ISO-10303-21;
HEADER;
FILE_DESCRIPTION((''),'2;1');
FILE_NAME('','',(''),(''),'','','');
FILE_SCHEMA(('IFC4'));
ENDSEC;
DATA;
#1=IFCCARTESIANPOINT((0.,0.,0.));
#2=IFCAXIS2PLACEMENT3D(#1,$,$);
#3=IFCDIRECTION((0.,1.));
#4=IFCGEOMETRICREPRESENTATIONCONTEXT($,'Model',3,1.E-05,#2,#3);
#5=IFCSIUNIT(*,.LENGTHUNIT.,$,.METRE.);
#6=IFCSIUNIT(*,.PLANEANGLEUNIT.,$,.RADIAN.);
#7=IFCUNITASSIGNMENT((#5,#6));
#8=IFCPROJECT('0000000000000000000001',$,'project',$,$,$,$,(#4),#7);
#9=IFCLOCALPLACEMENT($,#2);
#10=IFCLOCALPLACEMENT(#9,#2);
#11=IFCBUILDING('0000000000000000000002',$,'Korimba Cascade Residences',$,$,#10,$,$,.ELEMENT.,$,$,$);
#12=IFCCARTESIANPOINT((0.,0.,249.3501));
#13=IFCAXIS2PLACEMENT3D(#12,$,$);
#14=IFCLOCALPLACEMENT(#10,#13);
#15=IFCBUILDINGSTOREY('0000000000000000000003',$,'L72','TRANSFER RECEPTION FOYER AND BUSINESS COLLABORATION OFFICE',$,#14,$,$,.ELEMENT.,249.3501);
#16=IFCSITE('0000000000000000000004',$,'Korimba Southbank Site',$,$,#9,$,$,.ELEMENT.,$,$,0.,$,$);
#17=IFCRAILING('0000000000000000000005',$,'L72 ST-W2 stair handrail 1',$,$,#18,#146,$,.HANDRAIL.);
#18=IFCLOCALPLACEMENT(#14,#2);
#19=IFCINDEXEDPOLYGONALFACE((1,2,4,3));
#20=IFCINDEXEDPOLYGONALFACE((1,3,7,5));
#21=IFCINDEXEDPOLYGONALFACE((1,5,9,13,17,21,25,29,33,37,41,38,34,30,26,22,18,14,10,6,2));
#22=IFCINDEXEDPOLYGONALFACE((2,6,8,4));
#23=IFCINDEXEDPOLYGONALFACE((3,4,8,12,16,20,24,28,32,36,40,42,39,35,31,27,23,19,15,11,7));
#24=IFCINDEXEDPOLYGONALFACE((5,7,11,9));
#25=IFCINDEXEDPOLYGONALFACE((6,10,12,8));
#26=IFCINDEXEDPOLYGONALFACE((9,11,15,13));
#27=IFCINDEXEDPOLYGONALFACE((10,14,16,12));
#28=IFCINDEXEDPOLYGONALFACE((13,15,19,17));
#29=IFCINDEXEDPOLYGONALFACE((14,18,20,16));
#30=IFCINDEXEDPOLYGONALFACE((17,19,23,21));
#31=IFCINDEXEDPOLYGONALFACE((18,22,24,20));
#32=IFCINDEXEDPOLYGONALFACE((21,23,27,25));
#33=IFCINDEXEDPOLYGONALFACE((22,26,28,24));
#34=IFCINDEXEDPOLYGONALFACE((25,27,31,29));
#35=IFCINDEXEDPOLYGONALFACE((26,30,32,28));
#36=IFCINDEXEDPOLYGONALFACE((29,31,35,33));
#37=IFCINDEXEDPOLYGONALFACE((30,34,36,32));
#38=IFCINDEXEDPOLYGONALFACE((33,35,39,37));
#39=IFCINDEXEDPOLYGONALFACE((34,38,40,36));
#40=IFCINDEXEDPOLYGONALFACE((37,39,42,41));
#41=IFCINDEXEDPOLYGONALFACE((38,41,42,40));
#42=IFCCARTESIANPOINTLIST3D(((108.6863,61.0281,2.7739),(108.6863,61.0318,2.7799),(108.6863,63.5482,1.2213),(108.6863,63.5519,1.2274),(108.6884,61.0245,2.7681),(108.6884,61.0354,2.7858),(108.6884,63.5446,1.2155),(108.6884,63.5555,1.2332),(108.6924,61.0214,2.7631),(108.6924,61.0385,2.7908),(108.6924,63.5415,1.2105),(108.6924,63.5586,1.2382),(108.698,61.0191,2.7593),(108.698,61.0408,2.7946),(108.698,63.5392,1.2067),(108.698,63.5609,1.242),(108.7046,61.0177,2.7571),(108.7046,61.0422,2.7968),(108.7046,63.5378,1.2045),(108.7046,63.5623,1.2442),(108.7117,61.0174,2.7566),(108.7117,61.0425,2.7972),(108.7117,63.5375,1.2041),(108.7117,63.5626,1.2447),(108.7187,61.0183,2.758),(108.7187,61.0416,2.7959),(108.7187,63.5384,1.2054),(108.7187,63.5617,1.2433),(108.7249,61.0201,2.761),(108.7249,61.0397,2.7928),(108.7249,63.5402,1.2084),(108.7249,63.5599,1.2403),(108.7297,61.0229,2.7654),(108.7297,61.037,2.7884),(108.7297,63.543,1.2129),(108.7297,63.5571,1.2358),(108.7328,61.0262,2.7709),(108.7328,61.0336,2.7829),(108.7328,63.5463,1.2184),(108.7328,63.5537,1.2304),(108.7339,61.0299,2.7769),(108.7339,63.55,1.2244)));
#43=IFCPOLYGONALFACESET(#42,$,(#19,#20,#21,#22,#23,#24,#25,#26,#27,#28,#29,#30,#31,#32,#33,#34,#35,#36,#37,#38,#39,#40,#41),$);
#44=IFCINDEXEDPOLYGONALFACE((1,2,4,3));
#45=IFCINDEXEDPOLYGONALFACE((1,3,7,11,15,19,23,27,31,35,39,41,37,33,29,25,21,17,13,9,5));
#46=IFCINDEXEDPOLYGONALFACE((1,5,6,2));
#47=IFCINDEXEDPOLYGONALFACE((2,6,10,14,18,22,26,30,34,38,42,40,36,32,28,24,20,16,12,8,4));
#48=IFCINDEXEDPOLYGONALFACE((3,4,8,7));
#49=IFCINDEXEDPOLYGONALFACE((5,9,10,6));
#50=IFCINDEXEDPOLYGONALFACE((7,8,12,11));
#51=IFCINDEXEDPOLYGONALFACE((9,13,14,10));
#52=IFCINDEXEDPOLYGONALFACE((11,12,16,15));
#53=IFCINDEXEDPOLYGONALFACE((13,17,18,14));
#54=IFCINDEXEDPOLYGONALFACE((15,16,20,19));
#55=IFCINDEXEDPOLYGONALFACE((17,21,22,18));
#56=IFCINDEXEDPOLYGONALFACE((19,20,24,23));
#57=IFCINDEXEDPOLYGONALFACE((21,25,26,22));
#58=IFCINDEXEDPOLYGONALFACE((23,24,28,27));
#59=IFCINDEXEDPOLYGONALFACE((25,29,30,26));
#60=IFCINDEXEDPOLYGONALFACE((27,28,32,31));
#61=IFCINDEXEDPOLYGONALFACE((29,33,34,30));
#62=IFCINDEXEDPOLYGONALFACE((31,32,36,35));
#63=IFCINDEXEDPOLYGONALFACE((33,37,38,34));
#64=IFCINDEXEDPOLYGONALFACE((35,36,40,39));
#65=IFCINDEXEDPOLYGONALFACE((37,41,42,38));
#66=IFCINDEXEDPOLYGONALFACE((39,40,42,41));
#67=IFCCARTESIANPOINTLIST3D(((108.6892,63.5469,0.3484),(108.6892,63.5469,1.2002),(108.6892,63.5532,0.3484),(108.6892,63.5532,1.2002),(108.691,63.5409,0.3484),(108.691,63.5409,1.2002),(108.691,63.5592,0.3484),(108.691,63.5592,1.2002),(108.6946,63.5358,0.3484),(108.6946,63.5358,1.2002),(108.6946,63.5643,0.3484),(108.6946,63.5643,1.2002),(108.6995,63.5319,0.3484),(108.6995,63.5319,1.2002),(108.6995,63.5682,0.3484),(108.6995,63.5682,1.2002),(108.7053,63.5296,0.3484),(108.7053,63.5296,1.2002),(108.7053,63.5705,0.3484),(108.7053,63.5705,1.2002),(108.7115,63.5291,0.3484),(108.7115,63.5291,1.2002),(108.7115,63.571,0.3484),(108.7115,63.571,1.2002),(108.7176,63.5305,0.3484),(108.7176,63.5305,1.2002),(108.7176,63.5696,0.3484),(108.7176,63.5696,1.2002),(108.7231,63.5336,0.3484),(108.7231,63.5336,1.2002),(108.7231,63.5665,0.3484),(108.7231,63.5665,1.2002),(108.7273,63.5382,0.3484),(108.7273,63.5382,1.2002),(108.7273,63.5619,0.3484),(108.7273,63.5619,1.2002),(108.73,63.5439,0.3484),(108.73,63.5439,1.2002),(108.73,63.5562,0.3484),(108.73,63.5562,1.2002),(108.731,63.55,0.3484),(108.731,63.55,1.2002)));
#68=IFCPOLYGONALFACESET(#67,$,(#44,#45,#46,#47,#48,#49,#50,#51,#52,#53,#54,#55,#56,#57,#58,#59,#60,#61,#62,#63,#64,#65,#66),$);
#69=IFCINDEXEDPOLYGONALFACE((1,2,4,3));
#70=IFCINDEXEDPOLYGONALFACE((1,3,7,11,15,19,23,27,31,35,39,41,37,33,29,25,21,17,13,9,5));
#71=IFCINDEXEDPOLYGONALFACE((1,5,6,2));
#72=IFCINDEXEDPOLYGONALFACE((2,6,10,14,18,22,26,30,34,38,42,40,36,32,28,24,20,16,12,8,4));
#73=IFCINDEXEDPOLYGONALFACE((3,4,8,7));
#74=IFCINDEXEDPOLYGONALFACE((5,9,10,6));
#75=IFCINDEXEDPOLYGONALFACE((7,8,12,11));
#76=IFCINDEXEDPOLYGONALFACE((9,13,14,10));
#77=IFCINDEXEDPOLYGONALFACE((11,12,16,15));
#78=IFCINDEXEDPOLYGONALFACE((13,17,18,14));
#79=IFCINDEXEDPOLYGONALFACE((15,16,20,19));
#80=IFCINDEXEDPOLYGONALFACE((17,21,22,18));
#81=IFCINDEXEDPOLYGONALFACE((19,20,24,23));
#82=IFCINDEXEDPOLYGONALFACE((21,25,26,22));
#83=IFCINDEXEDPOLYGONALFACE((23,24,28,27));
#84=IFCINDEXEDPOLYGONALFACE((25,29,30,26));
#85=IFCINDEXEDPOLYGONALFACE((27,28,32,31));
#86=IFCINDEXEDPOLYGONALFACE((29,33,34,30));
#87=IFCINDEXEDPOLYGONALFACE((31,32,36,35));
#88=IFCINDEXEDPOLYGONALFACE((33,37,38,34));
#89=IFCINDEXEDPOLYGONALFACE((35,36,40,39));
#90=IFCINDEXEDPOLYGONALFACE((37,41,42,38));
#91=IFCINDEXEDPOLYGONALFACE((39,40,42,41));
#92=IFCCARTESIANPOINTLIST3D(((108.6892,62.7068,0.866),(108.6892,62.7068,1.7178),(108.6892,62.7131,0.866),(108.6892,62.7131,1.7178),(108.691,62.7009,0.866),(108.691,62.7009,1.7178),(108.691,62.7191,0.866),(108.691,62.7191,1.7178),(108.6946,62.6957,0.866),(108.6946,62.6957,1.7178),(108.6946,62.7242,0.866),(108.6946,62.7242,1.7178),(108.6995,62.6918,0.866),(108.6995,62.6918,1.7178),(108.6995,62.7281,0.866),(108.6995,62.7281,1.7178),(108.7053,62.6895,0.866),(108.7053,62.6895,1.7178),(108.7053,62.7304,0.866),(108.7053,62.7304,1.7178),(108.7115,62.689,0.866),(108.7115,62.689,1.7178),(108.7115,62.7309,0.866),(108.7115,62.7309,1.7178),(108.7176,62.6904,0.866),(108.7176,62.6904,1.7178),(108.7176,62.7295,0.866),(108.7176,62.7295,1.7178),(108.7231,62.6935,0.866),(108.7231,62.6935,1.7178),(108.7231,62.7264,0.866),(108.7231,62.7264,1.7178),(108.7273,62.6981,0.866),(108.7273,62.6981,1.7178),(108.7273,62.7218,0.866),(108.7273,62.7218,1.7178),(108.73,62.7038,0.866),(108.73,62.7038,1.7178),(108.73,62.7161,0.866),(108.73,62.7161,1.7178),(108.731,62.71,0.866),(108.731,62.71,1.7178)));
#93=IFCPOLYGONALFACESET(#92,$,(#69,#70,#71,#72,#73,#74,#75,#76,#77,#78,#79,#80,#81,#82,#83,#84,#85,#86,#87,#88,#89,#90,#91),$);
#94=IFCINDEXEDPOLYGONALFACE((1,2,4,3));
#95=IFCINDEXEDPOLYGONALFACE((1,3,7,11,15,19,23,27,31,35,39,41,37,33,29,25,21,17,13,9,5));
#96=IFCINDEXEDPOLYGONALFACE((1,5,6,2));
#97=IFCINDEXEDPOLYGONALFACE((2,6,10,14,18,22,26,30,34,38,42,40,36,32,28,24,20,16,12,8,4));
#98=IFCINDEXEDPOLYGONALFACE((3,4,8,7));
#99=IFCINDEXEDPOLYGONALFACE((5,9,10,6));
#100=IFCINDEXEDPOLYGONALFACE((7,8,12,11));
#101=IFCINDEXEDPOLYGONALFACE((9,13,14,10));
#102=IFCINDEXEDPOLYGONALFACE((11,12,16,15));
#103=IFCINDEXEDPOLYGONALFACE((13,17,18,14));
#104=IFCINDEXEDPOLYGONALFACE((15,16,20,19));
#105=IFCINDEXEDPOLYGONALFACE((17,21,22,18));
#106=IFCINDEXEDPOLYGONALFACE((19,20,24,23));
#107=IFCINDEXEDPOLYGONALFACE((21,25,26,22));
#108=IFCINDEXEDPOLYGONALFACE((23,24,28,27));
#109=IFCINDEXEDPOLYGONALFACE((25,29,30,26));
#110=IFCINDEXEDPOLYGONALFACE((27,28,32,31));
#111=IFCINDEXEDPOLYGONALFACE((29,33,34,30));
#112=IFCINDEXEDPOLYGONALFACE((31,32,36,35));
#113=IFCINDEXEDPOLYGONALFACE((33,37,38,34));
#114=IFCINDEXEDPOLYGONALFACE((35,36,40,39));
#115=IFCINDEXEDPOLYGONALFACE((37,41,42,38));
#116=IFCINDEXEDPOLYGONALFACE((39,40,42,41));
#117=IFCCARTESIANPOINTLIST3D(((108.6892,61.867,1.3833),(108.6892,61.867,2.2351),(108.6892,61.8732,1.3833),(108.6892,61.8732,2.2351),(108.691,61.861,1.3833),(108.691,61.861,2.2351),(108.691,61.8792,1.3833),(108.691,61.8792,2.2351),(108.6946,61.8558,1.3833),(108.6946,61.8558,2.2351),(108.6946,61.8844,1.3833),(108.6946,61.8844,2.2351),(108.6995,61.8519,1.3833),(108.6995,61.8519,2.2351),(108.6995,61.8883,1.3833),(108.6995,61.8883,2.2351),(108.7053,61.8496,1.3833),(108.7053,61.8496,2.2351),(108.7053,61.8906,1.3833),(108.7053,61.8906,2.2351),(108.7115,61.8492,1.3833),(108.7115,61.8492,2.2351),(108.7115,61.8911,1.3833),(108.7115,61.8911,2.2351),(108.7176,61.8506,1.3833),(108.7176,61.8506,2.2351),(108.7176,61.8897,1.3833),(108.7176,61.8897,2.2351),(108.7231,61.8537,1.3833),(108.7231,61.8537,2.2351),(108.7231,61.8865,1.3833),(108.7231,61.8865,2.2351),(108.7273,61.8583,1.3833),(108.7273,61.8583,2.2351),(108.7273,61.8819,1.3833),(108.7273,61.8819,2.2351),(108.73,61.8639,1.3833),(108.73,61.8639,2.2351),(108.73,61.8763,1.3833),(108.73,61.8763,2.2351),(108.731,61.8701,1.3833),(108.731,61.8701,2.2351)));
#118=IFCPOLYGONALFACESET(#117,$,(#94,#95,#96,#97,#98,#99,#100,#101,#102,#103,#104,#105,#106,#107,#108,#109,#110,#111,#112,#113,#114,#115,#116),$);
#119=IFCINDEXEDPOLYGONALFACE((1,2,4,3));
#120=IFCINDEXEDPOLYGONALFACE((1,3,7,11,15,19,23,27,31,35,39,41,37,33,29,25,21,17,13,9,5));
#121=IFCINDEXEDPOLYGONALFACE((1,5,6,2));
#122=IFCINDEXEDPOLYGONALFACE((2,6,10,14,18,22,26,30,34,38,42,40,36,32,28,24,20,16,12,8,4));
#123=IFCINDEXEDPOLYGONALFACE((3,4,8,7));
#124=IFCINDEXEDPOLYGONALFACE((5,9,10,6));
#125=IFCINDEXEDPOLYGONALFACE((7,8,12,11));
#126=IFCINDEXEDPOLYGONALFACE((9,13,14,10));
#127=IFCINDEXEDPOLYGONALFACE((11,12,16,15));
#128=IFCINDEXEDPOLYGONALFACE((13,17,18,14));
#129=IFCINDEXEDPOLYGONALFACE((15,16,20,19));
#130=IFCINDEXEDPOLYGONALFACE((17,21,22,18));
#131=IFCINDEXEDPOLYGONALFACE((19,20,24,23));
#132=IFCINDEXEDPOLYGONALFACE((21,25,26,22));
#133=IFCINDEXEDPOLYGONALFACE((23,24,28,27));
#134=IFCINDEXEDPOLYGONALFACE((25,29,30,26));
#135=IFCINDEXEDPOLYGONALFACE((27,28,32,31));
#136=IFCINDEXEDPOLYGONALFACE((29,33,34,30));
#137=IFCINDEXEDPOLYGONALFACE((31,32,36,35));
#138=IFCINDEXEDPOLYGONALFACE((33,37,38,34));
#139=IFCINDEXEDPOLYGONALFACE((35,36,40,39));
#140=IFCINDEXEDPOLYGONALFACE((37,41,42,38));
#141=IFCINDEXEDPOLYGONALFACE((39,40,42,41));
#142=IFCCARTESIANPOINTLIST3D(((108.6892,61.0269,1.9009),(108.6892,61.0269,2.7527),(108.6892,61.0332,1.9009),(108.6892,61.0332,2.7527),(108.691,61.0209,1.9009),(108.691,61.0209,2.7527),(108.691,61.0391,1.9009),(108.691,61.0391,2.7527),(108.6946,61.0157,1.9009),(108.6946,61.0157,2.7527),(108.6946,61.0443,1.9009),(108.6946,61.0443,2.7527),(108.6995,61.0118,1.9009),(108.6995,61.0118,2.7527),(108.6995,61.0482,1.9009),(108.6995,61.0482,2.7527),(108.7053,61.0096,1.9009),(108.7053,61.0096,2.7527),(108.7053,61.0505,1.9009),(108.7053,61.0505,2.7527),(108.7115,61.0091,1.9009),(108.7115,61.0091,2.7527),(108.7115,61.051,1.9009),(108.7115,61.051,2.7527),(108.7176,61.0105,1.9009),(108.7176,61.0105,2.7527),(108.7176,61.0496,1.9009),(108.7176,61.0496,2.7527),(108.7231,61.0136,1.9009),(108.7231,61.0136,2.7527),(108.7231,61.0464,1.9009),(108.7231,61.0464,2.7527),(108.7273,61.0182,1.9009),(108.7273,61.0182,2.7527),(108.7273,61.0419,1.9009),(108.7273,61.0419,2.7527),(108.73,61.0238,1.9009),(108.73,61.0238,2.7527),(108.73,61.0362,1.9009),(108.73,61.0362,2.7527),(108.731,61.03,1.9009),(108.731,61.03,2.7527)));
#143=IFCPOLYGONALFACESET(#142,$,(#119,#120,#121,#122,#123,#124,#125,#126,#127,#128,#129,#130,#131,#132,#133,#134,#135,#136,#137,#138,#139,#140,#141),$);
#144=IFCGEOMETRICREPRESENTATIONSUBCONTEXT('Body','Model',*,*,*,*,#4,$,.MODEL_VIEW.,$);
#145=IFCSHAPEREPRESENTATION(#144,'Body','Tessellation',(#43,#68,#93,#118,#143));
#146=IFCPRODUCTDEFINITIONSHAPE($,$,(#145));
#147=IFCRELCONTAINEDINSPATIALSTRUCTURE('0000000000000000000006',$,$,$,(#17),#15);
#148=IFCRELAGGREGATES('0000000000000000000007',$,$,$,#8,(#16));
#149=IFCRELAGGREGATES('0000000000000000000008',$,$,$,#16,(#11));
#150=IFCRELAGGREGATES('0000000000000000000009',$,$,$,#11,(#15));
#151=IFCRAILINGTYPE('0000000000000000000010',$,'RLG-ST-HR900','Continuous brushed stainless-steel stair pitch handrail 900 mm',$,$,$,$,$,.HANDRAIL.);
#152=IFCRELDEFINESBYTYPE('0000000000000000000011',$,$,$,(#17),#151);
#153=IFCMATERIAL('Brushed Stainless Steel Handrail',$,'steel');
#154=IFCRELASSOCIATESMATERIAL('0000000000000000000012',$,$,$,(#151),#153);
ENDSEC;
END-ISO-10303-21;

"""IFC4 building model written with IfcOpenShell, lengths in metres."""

from ifc_helpers import new_model, si_unit, direction, frame, origin, origin_2d, place, context, subcontext, project, spatial, circle, extrude, material, type_object, element, save


model = new_model("IFC4")

# Units and contexts
model_context = context("Model", 3, precision=1e-05, world=origin(), true_north=direction((0.0, 1.0)))
body_context = subcontext(model_context, "Body", "Model", "MODEL_VIEW")
ifc_project = project(units=[si_unit("LENGTHUNIT", "METRE"), si_unit("PLANEANGLEUNIT", "RADIAN")], contexts=[model_context])

# Site, building, storey
site_placement = place(None, origin())
site = spatial("IfcSite", under=ifc_project, at=site_placement, Name="Korimba Southbank Site", CompositionType="ELEMENT", RefElevation=0.0)
building_placement = place(site_placement, origin())
building = spatial("IfcBuilding", under=site, at=building_placement, Name="Korimba Cascade Residences", CompositionType="ELEMENT")
storey_placement = place(building_placement, frame((0.0, 0.0, 249.3501)))
storey = spatial("IfcBuildingStorey", under=building, at=storey_placement, Name="L72", Description="TRANSFER RECEPTION FOYER AND BUSINESS COLLABORATION OFFICE", CompositionType="ELEMENT", Elevation=249.3501)

# Railing
ifc_material_1 = material(Name="Brushed Stainless Steel Handrail", Category="steel")
railing_type_1 = type_object("IfcRailingType", Name="RLG-ST-HR900", Description="Continuous brushed stainless-steel stair pitch handrail 900 mm", PredefinedType="HANDRAIL", material=ifc_material_1)
railing_1_placement = place(storey_placement, frame((108.71, 63.55, 0.3484)))
element("IfcRailing", 1, at=railing_1_placement, inside=storey, type_object=railing_type_1, Name="L72 ST-W2 stair handrail 1", PredefinedType="HANDRAIL", context=body_context, shape_type="SweptSolid", body=[
    extrude(circle(Radius=0.0239, at=origin_2d()), frame((0.0, 0.0, 0.876), z_axis=(0.0, -0.8514, 0.524516), x_axis=(1.0, 0.0, 0.0)), (0.0, 0.0, 1.0), 2.96),
    extrude(circle(Radius=0.021, at=origin_2d()), origin(), (0.0, 0.0, 1.0), 0.8518),
    extrude(circle(Radius=0.021, at=origin_2d()), frame((0.0, -0.8401, 0.5176)), (0.0, 0.0, 1.0), 0.8518),
    extrude(circle(Radius=0.021, at=origin_2d()), frame((0.0, -1.6799, 1.0349)), (0.0, 0.0, 1.0), 0.8518),
    extrude(circle(Radius=0.021, at=origin_2d()), frame((0.0, -2.52, 1.5525)), (0.0, 0.0, 1.0), 0.8518),
])

save(model, "model.ifc")
